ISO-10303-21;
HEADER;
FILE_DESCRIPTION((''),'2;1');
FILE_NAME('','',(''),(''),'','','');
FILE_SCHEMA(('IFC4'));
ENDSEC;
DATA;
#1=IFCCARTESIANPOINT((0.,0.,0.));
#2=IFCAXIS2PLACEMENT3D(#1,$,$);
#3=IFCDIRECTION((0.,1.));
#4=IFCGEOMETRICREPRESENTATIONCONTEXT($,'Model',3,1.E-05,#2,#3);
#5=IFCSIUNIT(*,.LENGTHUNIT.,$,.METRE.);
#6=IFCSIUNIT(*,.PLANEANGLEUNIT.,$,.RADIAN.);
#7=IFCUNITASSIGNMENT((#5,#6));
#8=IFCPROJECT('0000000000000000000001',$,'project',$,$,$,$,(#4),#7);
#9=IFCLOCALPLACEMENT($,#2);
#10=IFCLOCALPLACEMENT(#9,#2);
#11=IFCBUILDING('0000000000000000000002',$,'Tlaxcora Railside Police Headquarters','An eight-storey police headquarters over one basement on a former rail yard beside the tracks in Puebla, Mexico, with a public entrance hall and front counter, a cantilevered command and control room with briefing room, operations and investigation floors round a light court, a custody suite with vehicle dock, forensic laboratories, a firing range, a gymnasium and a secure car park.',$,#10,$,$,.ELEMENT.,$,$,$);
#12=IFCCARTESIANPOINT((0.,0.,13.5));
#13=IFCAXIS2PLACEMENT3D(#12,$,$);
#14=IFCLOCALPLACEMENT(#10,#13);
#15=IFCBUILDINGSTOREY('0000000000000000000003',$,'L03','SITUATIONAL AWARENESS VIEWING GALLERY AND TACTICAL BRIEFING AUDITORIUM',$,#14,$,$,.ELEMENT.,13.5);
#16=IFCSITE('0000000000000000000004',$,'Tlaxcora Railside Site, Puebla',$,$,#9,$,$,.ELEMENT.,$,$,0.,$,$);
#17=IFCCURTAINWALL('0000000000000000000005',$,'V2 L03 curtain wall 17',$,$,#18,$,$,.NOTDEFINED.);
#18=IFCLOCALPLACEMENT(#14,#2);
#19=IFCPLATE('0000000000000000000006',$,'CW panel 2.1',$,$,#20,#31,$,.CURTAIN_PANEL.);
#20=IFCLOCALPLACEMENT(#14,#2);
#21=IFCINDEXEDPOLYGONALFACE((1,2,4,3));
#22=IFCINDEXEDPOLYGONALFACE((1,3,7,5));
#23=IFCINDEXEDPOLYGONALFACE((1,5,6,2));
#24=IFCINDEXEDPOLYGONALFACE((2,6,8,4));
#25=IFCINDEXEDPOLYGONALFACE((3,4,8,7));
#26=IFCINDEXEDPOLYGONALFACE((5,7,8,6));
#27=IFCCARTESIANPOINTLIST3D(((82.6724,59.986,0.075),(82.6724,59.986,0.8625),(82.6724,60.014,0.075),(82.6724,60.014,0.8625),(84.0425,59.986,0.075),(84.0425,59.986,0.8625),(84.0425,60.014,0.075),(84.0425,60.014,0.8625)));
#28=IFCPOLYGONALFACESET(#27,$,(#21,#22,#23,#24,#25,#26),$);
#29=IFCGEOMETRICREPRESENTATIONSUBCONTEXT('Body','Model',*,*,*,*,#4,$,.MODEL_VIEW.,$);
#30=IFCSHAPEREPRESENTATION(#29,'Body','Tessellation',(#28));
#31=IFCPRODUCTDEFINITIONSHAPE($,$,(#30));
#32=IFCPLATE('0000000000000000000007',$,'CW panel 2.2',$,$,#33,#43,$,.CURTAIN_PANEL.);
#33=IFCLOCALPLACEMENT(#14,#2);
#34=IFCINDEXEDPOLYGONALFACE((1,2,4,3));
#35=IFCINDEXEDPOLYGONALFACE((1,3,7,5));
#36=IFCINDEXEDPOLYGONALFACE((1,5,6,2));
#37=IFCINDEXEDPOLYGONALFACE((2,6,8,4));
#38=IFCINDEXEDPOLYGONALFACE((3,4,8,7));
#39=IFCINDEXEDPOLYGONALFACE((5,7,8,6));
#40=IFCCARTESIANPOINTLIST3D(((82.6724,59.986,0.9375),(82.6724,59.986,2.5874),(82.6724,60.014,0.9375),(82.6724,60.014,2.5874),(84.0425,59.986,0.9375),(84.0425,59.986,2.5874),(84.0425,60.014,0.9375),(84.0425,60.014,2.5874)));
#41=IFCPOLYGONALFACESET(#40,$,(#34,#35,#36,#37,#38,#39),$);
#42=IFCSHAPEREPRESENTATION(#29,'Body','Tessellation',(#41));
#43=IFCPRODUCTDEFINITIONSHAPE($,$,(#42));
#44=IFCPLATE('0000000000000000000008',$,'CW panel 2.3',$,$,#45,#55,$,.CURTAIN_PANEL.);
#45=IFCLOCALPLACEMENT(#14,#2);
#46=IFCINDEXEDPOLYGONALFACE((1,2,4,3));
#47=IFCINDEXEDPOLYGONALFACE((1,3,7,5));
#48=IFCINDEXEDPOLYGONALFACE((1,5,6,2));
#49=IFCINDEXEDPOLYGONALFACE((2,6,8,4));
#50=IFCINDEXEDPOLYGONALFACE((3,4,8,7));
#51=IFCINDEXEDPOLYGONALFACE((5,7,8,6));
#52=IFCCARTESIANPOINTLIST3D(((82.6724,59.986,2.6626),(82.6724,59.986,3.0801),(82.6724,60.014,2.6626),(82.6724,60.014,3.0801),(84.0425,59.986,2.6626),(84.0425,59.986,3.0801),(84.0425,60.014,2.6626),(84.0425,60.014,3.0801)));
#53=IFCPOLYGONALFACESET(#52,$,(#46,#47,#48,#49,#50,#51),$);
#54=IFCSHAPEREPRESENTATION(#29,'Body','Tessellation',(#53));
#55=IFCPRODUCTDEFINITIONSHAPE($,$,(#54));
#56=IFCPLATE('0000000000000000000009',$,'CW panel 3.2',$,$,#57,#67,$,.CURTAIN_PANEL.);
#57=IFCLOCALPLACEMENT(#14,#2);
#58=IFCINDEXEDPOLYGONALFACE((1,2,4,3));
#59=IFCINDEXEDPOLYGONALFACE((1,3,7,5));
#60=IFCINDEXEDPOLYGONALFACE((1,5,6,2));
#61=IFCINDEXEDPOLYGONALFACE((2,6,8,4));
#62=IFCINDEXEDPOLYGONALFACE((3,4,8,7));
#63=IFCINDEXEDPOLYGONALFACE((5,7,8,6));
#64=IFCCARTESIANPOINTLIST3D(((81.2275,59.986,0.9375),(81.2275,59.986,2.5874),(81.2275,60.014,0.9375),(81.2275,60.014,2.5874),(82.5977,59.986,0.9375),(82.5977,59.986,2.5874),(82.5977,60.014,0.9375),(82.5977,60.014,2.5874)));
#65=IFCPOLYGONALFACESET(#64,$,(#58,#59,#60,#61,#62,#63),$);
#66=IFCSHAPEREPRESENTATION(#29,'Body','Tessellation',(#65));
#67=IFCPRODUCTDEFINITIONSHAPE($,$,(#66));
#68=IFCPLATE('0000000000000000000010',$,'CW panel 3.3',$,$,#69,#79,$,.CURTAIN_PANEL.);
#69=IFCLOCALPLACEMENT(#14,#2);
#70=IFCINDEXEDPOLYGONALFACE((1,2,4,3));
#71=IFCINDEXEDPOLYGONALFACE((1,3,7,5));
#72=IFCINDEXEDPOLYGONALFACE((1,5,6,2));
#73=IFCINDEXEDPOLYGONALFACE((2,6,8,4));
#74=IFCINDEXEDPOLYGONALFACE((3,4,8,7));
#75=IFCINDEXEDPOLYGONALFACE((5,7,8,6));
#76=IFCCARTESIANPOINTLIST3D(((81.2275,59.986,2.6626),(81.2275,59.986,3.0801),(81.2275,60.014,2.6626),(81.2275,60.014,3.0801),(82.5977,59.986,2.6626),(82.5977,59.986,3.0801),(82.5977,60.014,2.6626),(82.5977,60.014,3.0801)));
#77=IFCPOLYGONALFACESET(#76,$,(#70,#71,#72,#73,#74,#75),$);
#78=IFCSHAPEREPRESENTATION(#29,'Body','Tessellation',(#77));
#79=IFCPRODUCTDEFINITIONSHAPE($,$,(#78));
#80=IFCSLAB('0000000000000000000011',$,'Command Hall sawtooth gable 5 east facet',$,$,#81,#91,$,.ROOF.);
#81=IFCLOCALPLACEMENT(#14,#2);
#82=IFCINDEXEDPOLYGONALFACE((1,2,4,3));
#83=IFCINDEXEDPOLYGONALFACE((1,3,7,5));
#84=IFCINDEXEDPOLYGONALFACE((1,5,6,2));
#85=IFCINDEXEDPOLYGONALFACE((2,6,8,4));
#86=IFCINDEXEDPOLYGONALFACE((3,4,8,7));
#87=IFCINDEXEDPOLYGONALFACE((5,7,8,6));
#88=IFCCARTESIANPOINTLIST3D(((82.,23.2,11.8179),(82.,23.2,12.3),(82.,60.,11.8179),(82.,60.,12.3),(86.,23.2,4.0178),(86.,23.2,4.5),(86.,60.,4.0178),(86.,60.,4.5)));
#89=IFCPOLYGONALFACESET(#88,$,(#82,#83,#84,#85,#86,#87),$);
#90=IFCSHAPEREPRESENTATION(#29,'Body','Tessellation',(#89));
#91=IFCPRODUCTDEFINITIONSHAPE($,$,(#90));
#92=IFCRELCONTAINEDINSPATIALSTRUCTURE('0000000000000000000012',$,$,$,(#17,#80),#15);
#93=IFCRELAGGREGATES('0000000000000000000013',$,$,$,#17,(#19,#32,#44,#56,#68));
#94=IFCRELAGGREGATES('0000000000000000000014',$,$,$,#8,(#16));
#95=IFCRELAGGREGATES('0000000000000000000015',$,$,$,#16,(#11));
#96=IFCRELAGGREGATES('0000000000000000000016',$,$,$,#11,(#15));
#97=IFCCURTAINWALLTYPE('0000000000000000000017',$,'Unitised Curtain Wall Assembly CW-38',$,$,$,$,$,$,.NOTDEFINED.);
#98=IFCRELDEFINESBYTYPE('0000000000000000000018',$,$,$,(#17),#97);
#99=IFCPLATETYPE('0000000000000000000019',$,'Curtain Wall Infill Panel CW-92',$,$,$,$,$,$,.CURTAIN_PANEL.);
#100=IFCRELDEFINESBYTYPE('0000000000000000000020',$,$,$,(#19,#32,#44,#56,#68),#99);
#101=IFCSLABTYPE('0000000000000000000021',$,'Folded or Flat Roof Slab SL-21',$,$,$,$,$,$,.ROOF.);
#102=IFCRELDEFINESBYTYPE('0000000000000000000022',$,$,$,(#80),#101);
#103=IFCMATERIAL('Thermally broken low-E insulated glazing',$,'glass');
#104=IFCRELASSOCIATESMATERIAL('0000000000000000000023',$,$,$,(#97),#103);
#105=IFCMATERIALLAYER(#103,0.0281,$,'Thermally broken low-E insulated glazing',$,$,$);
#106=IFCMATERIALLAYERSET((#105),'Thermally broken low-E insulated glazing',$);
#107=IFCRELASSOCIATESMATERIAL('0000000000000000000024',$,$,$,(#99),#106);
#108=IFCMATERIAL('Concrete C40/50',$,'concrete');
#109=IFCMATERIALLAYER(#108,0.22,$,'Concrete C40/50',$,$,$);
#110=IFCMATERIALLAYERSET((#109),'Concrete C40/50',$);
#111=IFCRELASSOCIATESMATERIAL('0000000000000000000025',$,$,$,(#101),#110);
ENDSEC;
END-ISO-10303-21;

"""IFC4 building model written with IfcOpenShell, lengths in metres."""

from ifc_helpers import new_model, si_unit, direction, frame, origin, origin_2d, place, context, subcontext, project, spatial, polyline, rectangle, outline, extrude, material, layer, layer_set, type_object, element, aggregate, save


model = new_model("IFC4")

# Units and contexts
model_context = context("Model", 3, precision=1e-05, world=origin(), true_north=direction((0.0, 1.0)))
body_context = subcontext(model_context, "Body", "Model", "MODEL_VIEW")
ifc_project = project(units=[si_unit("LENGTHUNIT", "METRE"), si_unit("PLANEANGLEUNIT", "RADIAN")], contexts=[model_context])

# Site, building, storey
site_placement = place(None, origin())
site = spatial("IfcSite", under=ifc_project, at=site_placement, Name="Tlaxcora Railside Site, Puebla", CompositionType="ELEMENT", RefElevation=0.0)
building_placement = place(site_placement, origin())
building = spatial("IfcBuilding", under=site, at=building_placement, Name="Tlaxcora Railside Police Headquarters", Description="An eight-storey police headquarters over one basement on a former rail yard beside the tracks in Puebla, Mexico, with a public entrance hall and front counter, a cantilevered command and control room with briefing room, operations and investigation floors round a light court, a custody suite with vehicle dock, forensic laboratories, a firing range, a gymnasium and a secure car park.", CompositionType="ELEMENT")
storey_placement = place(building_placement, frame((0.0, 0.0, 13.5)))
storey = spatial("IfcBuildingStorey", under=building, at=storey_placement, Name="L03", Description="SITUATIONAL AWARENESS VIEWING GALLERY AND TACTICAL BRIEFING AUDITORIUM", CompositionType="ELEMENT", Elevation=13.5)

# Curtain wall, plates
ifc_material_1 = material(Name="Thermally broken low-E insulated glazing", Category="glass")
curtain_wall_type = type_object("IfcCurtainWallType", Name="Unitised Curtain Wall Assembly CW-38", PredefinedType="NOTDEFINED", material=ifc_material_1)
curtain_wall_placement = place(storey_placement, origin())
curtain_wall = element("IfcCurtainWall", 1, at=curtain_wall_placement, inside=storey, type_object=curtain_wall_type, Name="V2 L03 curtain wall 17", PredefinedType="NOTDEFINED")
ifc_layer_1 = layer(ifc_material_1, 0.0281, Name="Thermally broken low-E insulated glazing")
ifc_layer_set_1 = layer_set([ifc_layer_1], Name="Thermally broken low-E insulated glazing")
plate_type = type_object("IfcPlateType", Name="Curtain Wall Infill Panel CW-92", PredefinedType="CURTAIN_PANEL", material=ifc_layer_set_1)
plate_1_placement = place(storey_placement, frame((83.3574, 60.0, 0.075), z_axis=(0.0, 0.0, 1.0), x_axis=(-1.0, 0.0, 0.0)))
plate_1 = element("IfcPlate", 2, at=plate_1_placement, type_object=plate_type, Name="CW panel 2.1", PredefinedType="CURTAIN_PANEL", context=body_context, shape_type="SweptSolid", body=[
    extrude(rectangle(XDim=1.3701, YDim=0.0281, at=origin_2d()), origin(), (0.0, 0.0, 1.0), 0.7876),
])
plate_2_placement = place(storey_placement, frame((83.3574, 60.0, 0.9375), z_axis=(0.0, 0.0, 1.0), x_axis=(-1.0, 0.0, 0.0)))
plate_2 = element("IfcPlate", 3, at=plate_2_placement, type_object=plate_type, Name="CW panel 2.2", PredefinedType="CURTAIN_PANEL", context=body_context, shape_type="SweptSolid", body=[
    extrude(rectangle(XDim=1.3701, YDim=0.0281, at=origin_2d()), origin(), (0.0, 0.0, 1.0), 1.6499),
])
plate_3_placement = place(storey_placement, frame((83.3574, 60.0, 2.6626), z_axis=(0.0, 0.0, 1.0), x_axis=(-1.0, 0.0, 0.0)))
plate_3 = element("IfcPlate", 4, at=plate_3_placement, type_object=plate_type, Name="CW panel 2.3", PredefinedType="CURTAIN_PANEL", context=body_context, shape_type="SweptSolid", body=[
    extrude(rectangle(XDim=1.3701, YDim=0.0281, at=origin_2d()), origin(), (0.0, 0.0, 1.0), 0.4175),
])
plate_4_placement = place(storey_placement, frame((81.9126, 60.0, 0.9375), z_axis=(0.0, 0.0, 1.0), x_axis=(-1.0, 0.0, 0.0)))
plate_4 = element("IfcPlate", 5, at=plate_4_placement, type_object=plate_type, Name="CW panel 3.2", PredefinedType="CURTAIN_PANEL", context=body_context, shape_type="SweptSolid", body=[
    extrude(rectangle(XDim=1.3701, YDim=0.0281, at=origin_2d()), origin(), (0.0, 0.0, 1.0), 1.6499),
])
plate_5_placement = place(storey_placement, frame((81.9126, 60.0, 2.6626), z_axis=(0.0, 0.0, 1.0), x_axis=(-1.0, 0.0, 0.0)))
plate_5 = element("IfcPlate", 6, at=plate_5_placement, type_object=plate_type, Name="CW panel 3.3", PredefinedType="CURTAIN_PANEL", context=body_context, shape_type="SweptSolid", body=[
    extrude(rectangle(XDim=1.3701, YDim=0.0281, at=origin_2d()), origin(), (0.0, 0.0, 1.0), 0.4175),
])
aggregate(curtain_wall, [plate_1, plate_2, plate_3, plate_4, plate_5])

# Slab
ifc_material_2 = material(Name="Concrete C40/50", Category="concrete")
ifc_layer_2 = layer(ifc_material_2, 0.22, Name="Concrete C40/50")
ifc_layer_set_2 = layer_set([ifc_layer_2], Name="Concrete C40/50")
slab_type = type_object("IfcSlabType", Name="Folded or Flat Roof Slab SL-21", PredefinedType="ROOF", material=ifc_layer_set_2)
slab_placement = place(storey_placement, frame((82.0, 60.0, 0.0), z_axis=(0.0, -1.0, 0.0), x_axis=(1.0, 0.0, 0.0)))
element("IfcSlab", 7, at=slab_placement, inside=storey, type_object=slab_type, Name="Command Hall sawtooth gable 5 east facet", PredefinedType="ROOF", context=body_context, shape_type="SweptSolid", body=[
    extrude(outline(polyline([(0.0, 11.8179), (4.0, 4.0178), (4.0, 4.5), (0.0, 12.3), (0.0, 11.8179)])), origin(), (0.0, 0.0, 1.0), 36.8),
])

save(model, "model.ifc")
